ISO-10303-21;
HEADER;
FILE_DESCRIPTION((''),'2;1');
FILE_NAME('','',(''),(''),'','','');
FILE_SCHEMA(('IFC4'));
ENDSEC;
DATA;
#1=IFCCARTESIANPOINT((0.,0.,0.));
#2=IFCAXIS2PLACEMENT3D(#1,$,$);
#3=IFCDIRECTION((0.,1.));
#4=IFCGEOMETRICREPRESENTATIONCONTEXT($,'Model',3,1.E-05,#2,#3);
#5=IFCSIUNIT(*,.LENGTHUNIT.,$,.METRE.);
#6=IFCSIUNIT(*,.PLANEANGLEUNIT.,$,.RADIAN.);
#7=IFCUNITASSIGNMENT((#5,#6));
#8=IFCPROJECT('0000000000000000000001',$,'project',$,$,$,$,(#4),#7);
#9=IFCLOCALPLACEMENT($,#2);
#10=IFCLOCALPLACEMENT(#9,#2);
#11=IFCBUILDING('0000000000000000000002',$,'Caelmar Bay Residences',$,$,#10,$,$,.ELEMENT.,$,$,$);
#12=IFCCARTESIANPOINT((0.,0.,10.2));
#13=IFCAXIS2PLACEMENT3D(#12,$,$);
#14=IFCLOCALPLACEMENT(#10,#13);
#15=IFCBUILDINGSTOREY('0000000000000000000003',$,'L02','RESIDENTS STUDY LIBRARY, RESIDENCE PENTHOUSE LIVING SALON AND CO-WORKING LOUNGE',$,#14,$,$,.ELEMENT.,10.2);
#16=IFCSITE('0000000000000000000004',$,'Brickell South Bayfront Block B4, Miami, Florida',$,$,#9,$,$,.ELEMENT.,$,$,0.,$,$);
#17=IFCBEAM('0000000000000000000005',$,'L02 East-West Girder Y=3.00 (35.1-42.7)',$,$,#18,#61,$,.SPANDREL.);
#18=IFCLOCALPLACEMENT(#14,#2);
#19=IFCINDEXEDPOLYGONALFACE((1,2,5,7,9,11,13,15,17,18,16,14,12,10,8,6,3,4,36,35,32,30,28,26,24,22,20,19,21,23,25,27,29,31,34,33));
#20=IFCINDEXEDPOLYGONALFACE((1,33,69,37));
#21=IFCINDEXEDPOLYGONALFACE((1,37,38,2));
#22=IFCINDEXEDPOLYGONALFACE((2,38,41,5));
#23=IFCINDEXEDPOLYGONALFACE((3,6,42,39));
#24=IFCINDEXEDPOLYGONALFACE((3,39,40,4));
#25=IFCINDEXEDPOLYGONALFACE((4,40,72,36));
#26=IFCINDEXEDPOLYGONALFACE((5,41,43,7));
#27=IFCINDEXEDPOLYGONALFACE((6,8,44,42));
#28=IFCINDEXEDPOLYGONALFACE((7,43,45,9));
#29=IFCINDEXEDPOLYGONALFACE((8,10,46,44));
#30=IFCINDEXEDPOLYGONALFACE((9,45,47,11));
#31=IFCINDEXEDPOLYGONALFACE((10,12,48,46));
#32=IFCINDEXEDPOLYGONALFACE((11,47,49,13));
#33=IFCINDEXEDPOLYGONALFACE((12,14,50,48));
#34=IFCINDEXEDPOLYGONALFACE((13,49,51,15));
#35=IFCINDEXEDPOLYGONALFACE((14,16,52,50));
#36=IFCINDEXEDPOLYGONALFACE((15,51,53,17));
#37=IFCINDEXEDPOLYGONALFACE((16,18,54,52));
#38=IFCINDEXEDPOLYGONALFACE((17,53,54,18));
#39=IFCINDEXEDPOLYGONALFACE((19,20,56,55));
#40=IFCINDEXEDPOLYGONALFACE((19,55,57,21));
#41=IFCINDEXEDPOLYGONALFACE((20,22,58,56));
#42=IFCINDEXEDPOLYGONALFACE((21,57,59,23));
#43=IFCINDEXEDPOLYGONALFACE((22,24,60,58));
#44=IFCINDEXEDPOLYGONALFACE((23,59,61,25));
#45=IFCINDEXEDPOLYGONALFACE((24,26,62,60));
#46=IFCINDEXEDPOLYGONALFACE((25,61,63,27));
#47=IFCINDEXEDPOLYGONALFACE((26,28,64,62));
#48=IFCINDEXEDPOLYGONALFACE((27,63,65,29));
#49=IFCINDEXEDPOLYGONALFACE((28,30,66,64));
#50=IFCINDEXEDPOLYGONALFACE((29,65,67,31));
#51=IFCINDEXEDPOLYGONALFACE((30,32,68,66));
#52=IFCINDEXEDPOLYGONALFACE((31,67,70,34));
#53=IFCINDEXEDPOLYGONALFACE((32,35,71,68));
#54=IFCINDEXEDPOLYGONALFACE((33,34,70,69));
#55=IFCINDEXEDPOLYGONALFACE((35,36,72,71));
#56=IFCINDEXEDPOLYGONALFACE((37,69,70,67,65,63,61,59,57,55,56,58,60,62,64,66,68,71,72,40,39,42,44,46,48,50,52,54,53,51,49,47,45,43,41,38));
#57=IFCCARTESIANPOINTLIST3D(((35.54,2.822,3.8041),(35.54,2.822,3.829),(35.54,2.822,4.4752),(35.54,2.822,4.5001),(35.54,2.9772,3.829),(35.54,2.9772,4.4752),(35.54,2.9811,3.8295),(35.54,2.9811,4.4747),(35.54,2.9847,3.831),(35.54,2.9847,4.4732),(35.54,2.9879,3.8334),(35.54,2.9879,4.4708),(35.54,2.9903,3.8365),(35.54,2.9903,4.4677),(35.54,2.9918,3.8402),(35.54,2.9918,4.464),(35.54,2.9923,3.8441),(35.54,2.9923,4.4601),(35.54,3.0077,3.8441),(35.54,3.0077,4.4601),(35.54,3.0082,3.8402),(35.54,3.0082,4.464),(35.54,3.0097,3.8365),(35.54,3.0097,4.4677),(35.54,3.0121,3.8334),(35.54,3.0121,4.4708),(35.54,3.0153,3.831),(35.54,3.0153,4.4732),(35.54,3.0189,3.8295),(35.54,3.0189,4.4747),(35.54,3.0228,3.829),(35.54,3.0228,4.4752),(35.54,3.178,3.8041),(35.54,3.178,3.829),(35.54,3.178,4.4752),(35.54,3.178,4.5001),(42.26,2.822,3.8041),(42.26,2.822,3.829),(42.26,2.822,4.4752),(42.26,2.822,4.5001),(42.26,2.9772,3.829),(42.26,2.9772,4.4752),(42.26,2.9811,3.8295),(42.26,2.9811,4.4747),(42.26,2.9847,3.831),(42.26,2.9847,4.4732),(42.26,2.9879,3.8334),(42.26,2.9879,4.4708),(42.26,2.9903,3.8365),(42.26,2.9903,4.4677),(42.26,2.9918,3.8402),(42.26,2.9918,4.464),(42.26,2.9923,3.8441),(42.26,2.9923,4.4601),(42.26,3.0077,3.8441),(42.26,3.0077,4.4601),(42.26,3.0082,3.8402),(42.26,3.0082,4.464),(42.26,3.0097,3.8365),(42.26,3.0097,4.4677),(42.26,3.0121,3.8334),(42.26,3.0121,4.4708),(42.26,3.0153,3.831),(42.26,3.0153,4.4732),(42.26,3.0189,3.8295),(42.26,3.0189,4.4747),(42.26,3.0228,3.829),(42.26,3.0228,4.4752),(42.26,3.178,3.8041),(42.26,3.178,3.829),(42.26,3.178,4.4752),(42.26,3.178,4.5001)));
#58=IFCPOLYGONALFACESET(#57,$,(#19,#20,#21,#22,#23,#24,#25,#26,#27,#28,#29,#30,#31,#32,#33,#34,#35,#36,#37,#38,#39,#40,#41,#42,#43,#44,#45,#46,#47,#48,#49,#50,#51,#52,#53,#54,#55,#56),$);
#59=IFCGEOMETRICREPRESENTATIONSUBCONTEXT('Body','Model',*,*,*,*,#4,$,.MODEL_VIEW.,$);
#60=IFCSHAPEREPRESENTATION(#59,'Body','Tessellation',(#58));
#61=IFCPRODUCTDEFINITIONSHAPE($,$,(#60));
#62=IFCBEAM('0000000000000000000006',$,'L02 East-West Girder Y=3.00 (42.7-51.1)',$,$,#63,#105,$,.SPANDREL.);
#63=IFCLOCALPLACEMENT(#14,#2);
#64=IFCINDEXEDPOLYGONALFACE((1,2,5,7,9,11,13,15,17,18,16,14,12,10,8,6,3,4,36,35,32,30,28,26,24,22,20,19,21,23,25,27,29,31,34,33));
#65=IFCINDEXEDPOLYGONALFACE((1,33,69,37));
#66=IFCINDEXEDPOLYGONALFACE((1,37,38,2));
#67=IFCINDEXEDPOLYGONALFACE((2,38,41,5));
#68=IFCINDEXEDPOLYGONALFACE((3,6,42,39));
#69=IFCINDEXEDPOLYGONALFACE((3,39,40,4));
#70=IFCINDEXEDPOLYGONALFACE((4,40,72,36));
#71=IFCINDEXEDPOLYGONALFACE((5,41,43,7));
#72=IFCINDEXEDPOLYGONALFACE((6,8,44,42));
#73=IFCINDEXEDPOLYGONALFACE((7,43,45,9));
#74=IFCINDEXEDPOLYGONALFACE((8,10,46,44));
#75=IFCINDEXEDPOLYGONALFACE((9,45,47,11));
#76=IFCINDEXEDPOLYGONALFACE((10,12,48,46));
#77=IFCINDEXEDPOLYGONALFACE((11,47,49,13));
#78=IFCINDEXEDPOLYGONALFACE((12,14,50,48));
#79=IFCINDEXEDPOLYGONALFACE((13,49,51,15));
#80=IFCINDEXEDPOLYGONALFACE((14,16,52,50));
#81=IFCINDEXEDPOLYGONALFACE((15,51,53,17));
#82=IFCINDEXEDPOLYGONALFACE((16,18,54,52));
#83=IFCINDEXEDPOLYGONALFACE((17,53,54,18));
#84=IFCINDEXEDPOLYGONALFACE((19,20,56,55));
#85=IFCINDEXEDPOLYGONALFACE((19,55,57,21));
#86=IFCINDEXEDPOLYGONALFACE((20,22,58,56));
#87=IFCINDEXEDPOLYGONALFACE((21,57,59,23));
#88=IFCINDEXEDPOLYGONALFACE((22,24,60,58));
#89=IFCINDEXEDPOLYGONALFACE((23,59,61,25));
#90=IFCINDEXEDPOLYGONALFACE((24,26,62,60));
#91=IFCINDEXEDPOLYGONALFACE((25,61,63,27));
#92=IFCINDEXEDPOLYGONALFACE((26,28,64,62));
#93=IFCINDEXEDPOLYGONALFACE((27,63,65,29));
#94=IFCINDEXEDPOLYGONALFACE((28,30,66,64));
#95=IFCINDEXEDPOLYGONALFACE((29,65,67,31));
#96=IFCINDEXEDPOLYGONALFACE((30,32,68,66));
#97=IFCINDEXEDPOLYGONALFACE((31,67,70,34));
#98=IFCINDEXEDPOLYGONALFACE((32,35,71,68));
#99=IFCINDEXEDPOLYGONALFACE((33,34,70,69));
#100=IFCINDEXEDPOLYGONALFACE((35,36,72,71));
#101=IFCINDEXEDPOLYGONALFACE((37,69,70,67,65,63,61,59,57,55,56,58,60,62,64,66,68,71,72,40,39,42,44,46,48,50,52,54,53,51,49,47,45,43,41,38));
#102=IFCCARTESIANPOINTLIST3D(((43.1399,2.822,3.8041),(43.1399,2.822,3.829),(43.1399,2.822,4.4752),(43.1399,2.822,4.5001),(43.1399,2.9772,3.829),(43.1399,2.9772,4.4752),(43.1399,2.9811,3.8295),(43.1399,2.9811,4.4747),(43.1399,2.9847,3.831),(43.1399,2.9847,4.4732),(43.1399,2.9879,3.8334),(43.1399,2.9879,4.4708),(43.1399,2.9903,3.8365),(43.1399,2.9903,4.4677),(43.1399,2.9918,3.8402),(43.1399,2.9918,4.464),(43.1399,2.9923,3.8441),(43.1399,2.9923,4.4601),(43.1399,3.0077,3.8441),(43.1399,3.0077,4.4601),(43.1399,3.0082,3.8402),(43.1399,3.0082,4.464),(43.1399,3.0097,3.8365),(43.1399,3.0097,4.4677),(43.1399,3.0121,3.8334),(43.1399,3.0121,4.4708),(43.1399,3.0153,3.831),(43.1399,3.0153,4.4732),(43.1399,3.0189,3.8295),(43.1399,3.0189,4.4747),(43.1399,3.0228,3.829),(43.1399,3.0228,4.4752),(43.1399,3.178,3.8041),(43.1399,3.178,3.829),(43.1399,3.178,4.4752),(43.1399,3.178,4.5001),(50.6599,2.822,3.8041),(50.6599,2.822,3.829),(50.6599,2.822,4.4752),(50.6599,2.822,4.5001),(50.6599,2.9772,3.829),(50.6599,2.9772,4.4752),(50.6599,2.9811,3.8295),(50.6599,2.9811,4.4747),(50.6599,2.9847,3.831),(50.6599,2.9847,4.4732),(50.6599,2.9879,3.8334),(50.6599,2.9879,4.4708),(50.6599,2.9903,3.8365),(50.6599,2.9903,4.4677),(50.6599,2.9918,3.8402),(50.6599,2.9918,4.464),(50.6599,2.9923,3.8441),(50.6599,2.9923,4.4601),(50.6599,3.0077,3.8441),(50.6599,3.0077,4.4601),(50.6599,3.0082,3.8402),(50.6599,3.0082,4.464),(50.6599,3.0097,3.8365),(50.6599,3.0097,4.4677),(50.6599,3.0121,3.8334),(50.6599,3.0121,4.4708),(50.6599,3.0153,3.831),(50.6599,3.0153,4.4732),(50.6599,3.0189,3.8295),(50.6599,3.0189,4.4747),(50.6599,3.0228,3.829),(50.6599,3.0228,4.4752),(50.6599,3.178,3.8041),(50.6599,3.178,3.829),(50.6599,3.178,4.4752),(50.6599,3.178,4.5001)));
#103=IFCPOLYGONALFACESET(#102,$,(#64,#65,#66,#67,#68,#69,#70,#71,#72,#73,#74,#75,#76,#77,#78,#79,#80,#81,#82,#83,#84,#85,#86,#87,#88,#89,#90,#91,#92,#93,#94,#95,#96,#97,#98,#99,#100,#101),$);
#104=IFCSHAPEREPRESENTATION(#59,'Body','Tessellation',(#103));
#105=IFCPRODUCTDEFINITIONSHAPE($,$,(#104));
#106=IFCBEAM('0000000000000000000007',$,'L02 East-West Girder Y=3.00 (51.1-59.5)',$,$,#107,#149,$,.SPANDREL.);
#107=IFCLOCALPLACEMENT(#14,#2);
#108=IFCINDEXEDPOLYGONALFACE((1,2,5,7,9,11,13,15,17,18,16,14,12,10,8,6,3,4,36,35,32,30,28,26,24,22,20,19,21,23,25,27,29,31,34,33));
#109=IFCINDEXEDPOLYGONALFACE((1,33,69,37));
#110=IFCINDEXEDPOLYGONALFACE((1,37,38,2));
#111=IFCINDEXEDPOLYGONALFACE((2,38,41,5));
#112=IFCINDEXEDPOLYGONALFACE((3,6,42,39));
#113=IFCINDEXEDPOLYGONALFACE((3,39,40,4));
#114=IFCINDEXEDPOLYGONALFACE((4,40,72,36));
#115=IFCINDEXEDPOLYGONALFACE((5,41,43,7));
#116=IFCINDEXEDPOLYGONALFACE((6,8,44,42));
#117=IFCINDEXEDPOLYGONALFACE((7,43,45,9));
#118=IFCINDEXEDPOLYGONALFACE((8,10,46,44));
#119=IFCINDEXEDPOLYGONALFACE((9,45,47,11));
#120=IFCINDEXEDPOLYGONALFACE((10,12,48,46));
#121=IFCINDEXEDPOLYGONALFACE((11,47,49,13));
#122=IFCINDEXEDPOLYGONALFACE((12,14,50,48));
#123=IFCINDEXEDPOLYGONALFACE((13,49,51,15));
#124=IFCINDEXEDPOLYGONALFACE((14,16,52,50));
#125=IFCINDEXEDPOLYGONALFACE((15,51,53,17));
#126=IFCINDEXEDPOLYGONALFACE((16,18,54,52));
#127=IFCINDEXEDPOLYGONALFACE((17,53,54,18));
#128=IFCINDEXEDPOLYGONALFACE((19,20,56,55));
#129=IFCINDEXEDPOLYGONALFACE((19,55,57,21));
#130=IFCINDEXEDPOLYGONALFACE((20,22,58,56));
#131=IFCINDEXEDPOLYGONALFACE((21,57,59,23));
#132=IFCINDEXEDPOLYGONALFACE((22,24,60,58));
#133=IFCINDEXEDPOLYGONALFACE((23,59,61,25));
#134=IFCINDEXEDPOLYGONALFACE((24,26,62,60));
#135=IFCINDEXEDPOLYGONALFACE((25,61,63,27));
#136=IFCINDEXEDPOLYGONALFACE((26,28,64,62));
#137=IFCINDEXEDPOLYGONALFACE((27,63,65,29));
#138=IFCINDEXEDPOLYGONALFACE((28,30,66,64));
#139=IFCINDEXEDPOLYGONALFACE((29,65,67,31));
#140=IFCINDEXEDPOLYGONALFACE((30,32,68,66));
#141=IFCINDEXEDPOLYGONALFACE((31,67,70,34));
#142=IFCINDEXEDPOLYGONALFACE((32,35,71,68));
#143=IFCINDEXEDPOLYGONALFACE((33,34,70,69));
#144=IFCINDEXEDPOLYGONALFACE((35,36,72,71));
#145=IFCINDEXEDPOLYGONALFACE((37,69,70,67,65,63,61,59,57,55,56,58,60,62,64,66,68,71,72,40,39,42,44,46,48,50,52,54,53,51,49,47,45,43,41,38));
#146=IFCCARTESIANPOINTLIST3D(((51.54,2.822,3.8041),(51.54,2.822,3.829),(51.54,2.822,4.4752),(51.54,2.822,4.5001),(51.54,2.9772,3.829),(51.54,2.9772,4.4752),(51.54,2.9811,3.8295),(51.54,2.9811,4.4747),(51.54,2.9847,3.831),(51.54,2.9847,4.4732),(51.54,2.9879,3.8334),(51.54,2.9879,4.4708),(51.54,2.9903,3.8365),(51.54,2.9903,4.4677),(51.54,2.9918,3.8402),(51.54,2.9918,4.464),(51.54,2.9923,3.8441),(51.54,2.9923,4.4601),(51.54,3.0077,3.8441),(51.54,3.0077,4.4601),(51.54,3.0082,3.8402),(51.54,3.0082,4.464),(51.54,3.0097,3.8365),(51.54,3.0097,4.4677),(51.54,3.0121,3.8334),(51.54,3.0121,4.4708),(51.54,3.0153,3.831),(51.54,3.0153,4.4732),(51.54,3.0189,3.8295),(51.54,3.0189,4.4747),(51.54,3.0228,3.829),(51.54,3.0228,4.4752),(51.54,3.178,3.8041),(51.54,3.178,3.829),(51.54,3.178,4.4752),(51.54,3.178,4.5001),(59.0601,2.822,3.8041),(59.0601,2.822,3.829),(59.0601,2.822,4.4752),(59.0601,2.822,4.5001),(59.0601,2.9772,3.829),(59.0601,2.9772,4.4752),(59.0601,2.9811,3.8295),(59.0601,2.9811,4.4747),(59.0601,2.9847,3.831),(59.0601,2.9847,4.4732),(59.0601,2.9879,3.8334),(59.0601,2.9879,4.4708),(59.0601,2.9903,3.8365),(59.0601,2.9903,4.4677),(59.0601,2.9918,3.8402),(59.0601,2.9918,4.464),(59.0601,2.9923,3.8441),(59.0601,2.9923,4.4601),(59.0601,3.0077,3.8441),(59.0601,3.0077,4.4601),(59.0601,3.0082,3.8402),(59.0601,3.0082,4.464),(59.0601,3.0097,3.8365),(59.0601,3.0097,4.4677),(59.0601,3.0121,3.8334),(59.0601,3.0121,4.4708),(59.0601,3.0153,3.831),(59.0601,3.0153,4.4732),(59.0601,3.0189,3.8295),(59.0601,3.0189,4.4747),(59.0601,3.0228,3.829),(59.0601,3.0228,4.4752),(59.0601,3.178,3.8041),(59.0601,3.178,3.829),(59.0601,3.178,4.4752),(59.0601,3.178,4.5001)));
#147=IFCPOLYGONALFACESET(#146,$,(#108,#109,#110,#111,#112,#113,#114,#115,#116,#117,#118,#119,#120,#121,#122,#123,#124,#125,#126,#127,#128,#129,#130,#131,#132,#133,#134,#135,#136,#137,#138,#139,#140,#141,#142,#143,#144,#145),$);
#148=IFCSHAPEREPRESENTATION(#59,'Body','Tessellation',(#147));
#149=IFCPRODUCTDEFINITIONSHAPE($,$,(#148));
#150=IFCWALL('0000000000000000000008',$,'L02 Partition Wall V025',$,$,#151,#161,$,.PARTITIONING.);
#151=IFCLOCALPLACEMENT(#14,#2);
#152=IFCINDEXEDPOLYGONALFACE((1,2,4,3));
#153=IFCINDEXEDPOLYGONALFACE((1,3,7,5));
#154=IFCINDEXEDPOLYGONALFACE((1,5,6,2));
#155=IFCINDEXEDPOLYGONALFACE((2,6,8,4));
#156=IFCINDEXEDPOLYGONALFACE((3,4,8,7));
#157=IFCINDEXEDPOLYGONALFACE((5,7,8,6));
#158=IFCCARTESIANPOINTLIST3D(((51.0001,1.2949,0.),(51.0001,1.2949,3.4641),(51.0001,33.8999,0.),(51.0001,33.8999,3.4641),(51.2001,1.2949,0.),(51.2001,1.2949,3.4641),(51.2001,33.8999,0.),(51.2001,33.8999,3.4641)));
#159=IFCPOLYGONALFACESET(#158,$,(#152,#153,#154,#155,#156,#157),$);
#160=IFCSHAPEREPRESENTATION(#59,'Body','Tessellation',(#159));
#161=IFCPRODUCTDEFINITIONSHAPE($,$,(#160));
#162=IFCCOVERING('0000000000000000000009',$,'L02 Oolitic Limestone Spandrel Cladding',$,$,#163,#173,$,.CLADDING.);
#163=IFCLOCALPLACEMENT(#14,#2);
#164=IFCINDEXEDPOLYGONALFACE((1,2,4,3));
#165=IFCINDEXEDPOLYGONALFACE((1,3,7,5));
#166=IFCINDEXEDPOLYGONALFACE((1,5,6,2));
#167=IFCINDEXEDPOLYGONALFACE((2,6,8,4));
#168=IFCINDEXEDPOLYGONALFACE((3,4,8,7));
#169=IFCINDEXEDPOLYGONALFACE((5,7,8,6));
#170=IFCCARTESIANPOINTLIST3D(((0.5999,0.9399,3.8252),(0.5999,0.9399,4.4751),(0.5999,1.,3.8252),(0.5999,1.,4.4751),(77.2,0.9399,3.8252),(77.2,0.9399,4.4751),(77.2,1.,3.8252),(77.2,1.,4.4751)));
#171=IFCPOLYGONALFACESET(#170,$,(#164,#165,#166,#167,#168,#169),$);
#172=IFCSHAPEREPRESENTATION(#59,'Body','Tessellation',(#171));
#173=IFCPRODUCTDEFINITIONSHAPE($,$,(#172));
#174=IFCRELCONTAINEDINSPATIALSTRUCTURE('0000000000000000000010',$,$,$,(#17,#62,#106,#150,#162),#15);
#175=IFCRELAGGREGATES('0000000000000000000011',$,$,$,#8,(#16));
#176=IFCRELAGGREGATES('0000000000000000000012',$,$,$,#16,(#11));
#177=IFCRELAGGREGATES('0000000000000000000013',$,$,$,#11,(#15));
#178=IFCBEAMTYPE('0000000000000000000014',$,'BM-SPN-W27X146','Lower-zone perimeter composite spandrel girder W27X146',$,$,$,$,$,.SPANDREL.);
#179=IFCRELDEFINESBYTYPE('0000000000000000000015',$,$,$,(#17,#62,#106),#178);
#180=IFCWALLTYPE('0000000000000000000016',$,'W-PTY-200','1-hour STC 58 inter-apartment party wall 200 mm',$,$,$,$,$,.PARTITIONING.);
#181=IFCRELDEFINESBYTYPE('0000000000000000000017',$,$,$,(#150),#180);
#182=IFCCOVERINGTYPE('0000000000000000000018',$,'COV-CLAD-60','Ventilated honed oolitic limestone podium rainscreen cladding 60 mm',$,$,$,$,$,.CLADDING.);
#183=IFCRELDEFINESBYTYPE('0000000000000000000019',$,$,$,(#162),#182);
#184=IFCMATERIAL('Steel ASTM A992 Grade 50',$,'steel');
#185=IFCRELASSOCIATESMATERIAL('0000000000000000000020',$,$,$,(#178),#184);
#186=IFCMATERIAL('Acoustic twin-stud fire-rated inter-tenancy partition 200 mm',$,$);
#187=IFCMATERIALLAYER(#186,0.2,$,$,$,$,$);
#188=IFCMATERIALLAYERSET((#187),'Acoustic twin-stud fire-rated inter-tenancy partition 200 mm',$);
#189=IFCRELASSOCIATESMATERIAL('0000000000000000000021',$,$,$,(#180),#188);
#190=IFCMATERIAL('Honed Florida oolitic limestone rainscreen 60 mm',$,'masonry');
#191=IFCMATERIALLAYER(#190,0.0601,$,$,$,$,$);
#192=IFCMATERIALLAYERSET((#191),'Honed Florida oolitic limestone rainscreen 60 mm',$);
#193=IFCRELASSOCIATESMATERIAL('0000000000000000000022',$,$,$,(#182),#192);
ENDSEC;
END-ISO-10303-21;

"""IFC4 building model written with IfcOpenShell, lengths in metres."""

from ifc_helpers import new_model, si_unit, direction, frame, frame_2d, origin, origin_2d, place, context, subcontext, project, spatial, rectangle, i_section, extrude, material, layer, layer_set, material_profile, profile_set, type_object, element, save


model = new_model("IFC4")

# Units and contexts
model_context = context("Model", 3, precision=1e-05, world=origin(), true_north=direction((0.0, 1.0)))
body_context = subcontext(model_context, "Body", "Model", "MODEL_VIEW")
ifc_project = project(units=[si_unit("LENGTHUNIT", "METRE"), si_unit("PLANEANGLEUNIT", "RADIAN")], contexts=[model_context])

# Site, building, storey
site_placement = place(None, origin())
site = spatial("IfcSite", under=ifc_project, at=site_placement, Name="Brickell South Bayfront Block B4, Miami, Florida", CompositionType="ELEMENT", RefElevation=0.0)
building_placement = place(site_placement, origin())
building = spatial("IfcBuilding", under=site, at=building_placement, Name="Caelmar Bay Residences", CompositionType="ELEMENT")
storey_placement = place(building_placement, frame((0.0, 0.0, 10.2)))
storey = spatial("IfcBuildingStorey", under=building, at=storey_placement, Name="L02", Description="RESIDENTS STUDY LIBRARY, RESIDENCE PENTHOUSE LIVING SALON AND CO-WORKING LOUNGE", CompositionType="ELEMENT", Elevation=10.2)

# Beams
ifc_material_1 = material(Name="Steel ASTM A992 Grade 50", Category="steel")
ifc_material_profile_1 = material_profile(ifc_material_1, i_section(OverallWidth=0.356, OverallDepth=0.696, WebThickness=0.0154, FlangeThickness=0.0249, FilletRadius=0.0151, at=origin_2d()), Name="W27X146")
ifc_profile_set_1 = profile_set([ifc_material_profile_1], Name="Steel ASTM A992 Grade 50")
beam_type_1 = type_object("IfcBeamType", Name="BM-SPN-W27X146", Description="Lower-zone perimeter composite spandrel girder W27X146", PredefinedType="SPANDREL", material=ifc_profile_set_1)
beam_1_placement = place(storey_placement, frame((35.54, 3.0, 4.1521), z_axis=(1.0, 0.0, 0.0), x_axis=(0.0, 1.0, 0.0)))
element("IfcBeam", 1, at=beam_1_placement, inside=storey, type_object=beam_type_1, Name="L02 East-West Girder Y=3.00 (35.1-42.7)", PredefinedType="SPANDREL", context=body_context, shape_type="SweptSolid", body=[
    extrude(i_section(OverallWidth=0.356, OverallDepth=0.696, WebThickness=0.0154, FlangeThickness=0.0249, FilletRadius=0.0151, at=origin_2d()), origin(), (0.0, 0.0, 1.0), 6.72),
])
for number, where, z_axis, x_axis, name in (
    (2, (43.1399, 3.0, 4.1521), (1.0, 0.0, 0.0), (0.0, 1.0, 0.0), "L02 East-West Girder Y=3.00 (42.7-51.1)"),
    (3, (51.54, 3.0, 4.1521), (1.0, 0.0, 0.0), (0.0, 1.0, 0.0), "L02 East-West Girder Y=3.00 (51.1-59.5)"),
):
    element("IfcBeam", number, at=place(storey_placement, frame(where, z_axis=z_axis, x_axis=x_axis)), inside=storey, type_object=beam_type_1, Name=name, PredefinedType="SPANDREL", context=body_context, shape_type="SweptSolid", body=[
        extrude(i_section(OverallWidth=0.356, OverallDepth=0.696, WebThickness=0.0154, FlangeThickness=0.0249, FilletRadius=0.0151, at=origin_2d()), origin(), (0.0, 0.0, 1.0), 7.52),
    ])

# Wall
ifc_material_2 = material(Name="Acoustic twin-stud fire-rated inter-tenancy partition 200 mm")
ifc_layer_1 = layer(ifc_material_2, 0.2)
ifc_layer_set_1 = layer_set([ifc_layer_1], Name="Acoustic twin-stud fire-rated inter-tenancy partition 200 mm")
wall_type = type_object("IfcWallType", Name="W-PTY-200", Description="1-hour STC 58 inter-apartment party wall 200 mm", PredefinedType="PARTITIONING", material=ifc_layer_set_1)
wall_placement = place(storey_placement, frame((51.1001, 1.2949, 0.0), z_axis=(0.0, 0.0, 1.0), x_axis=(0.0, 1.0, 0.0)))
element("IfcWall", 4, at=wall_placement, inside=storey, type_object=wall_type, Name="L02 Partition Wall V025", PredefinedType="PARTITIONING", context=body_context, shape_type="SweptSolid", body=[
    extrude(rectangle(XDim=32.605, YDim=0.2, at=frame_2d((16.3025, 0.0))), origin(), (0.0, 0.0, 1.0), 3.4641),
])

# Covering
ifc_material_3 = material(Name="Honed Florida oolitic limestone rainscreen 60 mm", Category="masonry")
ifc_layer_2 = layer(ifc_material_3, 0.0601)
ifc_layer_set_2 = layer_set([ifc_layer_2], Name="Honed Florida oolitic limestone rainscreen 60 mm")
covering_type = type_object("IfcCoveringType", Name="COV-CLAD-60", Description="Ventilated honed oolitic limestone podium rainscreen cladding 60 mm", PredefinedType="CLADDING", material=ifc_layer_set_2)
covering_placement = place(storey_placement, frame((38.8999, 0.97, 3.8252), z_axis=(0.0, 0.0, 1.0), x_axis=(1.0, 0.0, 0.0)))
element("IfcCovering", 5, at=covering_placement, inside=storey, type_object=covering_type, Name="L02 Oolitic Limestone Spandrel Cladding", PredefinedType="CLADDING", context=body_context, shape_type="SweptSolid", body=[
    extrude(rectangle(XDim=76.6001, YDim=0.0601, at=origin_2d()), origin(), (0.0, 0.0, 1.0), 0.6499),
])

save(model, "model.ifc")
